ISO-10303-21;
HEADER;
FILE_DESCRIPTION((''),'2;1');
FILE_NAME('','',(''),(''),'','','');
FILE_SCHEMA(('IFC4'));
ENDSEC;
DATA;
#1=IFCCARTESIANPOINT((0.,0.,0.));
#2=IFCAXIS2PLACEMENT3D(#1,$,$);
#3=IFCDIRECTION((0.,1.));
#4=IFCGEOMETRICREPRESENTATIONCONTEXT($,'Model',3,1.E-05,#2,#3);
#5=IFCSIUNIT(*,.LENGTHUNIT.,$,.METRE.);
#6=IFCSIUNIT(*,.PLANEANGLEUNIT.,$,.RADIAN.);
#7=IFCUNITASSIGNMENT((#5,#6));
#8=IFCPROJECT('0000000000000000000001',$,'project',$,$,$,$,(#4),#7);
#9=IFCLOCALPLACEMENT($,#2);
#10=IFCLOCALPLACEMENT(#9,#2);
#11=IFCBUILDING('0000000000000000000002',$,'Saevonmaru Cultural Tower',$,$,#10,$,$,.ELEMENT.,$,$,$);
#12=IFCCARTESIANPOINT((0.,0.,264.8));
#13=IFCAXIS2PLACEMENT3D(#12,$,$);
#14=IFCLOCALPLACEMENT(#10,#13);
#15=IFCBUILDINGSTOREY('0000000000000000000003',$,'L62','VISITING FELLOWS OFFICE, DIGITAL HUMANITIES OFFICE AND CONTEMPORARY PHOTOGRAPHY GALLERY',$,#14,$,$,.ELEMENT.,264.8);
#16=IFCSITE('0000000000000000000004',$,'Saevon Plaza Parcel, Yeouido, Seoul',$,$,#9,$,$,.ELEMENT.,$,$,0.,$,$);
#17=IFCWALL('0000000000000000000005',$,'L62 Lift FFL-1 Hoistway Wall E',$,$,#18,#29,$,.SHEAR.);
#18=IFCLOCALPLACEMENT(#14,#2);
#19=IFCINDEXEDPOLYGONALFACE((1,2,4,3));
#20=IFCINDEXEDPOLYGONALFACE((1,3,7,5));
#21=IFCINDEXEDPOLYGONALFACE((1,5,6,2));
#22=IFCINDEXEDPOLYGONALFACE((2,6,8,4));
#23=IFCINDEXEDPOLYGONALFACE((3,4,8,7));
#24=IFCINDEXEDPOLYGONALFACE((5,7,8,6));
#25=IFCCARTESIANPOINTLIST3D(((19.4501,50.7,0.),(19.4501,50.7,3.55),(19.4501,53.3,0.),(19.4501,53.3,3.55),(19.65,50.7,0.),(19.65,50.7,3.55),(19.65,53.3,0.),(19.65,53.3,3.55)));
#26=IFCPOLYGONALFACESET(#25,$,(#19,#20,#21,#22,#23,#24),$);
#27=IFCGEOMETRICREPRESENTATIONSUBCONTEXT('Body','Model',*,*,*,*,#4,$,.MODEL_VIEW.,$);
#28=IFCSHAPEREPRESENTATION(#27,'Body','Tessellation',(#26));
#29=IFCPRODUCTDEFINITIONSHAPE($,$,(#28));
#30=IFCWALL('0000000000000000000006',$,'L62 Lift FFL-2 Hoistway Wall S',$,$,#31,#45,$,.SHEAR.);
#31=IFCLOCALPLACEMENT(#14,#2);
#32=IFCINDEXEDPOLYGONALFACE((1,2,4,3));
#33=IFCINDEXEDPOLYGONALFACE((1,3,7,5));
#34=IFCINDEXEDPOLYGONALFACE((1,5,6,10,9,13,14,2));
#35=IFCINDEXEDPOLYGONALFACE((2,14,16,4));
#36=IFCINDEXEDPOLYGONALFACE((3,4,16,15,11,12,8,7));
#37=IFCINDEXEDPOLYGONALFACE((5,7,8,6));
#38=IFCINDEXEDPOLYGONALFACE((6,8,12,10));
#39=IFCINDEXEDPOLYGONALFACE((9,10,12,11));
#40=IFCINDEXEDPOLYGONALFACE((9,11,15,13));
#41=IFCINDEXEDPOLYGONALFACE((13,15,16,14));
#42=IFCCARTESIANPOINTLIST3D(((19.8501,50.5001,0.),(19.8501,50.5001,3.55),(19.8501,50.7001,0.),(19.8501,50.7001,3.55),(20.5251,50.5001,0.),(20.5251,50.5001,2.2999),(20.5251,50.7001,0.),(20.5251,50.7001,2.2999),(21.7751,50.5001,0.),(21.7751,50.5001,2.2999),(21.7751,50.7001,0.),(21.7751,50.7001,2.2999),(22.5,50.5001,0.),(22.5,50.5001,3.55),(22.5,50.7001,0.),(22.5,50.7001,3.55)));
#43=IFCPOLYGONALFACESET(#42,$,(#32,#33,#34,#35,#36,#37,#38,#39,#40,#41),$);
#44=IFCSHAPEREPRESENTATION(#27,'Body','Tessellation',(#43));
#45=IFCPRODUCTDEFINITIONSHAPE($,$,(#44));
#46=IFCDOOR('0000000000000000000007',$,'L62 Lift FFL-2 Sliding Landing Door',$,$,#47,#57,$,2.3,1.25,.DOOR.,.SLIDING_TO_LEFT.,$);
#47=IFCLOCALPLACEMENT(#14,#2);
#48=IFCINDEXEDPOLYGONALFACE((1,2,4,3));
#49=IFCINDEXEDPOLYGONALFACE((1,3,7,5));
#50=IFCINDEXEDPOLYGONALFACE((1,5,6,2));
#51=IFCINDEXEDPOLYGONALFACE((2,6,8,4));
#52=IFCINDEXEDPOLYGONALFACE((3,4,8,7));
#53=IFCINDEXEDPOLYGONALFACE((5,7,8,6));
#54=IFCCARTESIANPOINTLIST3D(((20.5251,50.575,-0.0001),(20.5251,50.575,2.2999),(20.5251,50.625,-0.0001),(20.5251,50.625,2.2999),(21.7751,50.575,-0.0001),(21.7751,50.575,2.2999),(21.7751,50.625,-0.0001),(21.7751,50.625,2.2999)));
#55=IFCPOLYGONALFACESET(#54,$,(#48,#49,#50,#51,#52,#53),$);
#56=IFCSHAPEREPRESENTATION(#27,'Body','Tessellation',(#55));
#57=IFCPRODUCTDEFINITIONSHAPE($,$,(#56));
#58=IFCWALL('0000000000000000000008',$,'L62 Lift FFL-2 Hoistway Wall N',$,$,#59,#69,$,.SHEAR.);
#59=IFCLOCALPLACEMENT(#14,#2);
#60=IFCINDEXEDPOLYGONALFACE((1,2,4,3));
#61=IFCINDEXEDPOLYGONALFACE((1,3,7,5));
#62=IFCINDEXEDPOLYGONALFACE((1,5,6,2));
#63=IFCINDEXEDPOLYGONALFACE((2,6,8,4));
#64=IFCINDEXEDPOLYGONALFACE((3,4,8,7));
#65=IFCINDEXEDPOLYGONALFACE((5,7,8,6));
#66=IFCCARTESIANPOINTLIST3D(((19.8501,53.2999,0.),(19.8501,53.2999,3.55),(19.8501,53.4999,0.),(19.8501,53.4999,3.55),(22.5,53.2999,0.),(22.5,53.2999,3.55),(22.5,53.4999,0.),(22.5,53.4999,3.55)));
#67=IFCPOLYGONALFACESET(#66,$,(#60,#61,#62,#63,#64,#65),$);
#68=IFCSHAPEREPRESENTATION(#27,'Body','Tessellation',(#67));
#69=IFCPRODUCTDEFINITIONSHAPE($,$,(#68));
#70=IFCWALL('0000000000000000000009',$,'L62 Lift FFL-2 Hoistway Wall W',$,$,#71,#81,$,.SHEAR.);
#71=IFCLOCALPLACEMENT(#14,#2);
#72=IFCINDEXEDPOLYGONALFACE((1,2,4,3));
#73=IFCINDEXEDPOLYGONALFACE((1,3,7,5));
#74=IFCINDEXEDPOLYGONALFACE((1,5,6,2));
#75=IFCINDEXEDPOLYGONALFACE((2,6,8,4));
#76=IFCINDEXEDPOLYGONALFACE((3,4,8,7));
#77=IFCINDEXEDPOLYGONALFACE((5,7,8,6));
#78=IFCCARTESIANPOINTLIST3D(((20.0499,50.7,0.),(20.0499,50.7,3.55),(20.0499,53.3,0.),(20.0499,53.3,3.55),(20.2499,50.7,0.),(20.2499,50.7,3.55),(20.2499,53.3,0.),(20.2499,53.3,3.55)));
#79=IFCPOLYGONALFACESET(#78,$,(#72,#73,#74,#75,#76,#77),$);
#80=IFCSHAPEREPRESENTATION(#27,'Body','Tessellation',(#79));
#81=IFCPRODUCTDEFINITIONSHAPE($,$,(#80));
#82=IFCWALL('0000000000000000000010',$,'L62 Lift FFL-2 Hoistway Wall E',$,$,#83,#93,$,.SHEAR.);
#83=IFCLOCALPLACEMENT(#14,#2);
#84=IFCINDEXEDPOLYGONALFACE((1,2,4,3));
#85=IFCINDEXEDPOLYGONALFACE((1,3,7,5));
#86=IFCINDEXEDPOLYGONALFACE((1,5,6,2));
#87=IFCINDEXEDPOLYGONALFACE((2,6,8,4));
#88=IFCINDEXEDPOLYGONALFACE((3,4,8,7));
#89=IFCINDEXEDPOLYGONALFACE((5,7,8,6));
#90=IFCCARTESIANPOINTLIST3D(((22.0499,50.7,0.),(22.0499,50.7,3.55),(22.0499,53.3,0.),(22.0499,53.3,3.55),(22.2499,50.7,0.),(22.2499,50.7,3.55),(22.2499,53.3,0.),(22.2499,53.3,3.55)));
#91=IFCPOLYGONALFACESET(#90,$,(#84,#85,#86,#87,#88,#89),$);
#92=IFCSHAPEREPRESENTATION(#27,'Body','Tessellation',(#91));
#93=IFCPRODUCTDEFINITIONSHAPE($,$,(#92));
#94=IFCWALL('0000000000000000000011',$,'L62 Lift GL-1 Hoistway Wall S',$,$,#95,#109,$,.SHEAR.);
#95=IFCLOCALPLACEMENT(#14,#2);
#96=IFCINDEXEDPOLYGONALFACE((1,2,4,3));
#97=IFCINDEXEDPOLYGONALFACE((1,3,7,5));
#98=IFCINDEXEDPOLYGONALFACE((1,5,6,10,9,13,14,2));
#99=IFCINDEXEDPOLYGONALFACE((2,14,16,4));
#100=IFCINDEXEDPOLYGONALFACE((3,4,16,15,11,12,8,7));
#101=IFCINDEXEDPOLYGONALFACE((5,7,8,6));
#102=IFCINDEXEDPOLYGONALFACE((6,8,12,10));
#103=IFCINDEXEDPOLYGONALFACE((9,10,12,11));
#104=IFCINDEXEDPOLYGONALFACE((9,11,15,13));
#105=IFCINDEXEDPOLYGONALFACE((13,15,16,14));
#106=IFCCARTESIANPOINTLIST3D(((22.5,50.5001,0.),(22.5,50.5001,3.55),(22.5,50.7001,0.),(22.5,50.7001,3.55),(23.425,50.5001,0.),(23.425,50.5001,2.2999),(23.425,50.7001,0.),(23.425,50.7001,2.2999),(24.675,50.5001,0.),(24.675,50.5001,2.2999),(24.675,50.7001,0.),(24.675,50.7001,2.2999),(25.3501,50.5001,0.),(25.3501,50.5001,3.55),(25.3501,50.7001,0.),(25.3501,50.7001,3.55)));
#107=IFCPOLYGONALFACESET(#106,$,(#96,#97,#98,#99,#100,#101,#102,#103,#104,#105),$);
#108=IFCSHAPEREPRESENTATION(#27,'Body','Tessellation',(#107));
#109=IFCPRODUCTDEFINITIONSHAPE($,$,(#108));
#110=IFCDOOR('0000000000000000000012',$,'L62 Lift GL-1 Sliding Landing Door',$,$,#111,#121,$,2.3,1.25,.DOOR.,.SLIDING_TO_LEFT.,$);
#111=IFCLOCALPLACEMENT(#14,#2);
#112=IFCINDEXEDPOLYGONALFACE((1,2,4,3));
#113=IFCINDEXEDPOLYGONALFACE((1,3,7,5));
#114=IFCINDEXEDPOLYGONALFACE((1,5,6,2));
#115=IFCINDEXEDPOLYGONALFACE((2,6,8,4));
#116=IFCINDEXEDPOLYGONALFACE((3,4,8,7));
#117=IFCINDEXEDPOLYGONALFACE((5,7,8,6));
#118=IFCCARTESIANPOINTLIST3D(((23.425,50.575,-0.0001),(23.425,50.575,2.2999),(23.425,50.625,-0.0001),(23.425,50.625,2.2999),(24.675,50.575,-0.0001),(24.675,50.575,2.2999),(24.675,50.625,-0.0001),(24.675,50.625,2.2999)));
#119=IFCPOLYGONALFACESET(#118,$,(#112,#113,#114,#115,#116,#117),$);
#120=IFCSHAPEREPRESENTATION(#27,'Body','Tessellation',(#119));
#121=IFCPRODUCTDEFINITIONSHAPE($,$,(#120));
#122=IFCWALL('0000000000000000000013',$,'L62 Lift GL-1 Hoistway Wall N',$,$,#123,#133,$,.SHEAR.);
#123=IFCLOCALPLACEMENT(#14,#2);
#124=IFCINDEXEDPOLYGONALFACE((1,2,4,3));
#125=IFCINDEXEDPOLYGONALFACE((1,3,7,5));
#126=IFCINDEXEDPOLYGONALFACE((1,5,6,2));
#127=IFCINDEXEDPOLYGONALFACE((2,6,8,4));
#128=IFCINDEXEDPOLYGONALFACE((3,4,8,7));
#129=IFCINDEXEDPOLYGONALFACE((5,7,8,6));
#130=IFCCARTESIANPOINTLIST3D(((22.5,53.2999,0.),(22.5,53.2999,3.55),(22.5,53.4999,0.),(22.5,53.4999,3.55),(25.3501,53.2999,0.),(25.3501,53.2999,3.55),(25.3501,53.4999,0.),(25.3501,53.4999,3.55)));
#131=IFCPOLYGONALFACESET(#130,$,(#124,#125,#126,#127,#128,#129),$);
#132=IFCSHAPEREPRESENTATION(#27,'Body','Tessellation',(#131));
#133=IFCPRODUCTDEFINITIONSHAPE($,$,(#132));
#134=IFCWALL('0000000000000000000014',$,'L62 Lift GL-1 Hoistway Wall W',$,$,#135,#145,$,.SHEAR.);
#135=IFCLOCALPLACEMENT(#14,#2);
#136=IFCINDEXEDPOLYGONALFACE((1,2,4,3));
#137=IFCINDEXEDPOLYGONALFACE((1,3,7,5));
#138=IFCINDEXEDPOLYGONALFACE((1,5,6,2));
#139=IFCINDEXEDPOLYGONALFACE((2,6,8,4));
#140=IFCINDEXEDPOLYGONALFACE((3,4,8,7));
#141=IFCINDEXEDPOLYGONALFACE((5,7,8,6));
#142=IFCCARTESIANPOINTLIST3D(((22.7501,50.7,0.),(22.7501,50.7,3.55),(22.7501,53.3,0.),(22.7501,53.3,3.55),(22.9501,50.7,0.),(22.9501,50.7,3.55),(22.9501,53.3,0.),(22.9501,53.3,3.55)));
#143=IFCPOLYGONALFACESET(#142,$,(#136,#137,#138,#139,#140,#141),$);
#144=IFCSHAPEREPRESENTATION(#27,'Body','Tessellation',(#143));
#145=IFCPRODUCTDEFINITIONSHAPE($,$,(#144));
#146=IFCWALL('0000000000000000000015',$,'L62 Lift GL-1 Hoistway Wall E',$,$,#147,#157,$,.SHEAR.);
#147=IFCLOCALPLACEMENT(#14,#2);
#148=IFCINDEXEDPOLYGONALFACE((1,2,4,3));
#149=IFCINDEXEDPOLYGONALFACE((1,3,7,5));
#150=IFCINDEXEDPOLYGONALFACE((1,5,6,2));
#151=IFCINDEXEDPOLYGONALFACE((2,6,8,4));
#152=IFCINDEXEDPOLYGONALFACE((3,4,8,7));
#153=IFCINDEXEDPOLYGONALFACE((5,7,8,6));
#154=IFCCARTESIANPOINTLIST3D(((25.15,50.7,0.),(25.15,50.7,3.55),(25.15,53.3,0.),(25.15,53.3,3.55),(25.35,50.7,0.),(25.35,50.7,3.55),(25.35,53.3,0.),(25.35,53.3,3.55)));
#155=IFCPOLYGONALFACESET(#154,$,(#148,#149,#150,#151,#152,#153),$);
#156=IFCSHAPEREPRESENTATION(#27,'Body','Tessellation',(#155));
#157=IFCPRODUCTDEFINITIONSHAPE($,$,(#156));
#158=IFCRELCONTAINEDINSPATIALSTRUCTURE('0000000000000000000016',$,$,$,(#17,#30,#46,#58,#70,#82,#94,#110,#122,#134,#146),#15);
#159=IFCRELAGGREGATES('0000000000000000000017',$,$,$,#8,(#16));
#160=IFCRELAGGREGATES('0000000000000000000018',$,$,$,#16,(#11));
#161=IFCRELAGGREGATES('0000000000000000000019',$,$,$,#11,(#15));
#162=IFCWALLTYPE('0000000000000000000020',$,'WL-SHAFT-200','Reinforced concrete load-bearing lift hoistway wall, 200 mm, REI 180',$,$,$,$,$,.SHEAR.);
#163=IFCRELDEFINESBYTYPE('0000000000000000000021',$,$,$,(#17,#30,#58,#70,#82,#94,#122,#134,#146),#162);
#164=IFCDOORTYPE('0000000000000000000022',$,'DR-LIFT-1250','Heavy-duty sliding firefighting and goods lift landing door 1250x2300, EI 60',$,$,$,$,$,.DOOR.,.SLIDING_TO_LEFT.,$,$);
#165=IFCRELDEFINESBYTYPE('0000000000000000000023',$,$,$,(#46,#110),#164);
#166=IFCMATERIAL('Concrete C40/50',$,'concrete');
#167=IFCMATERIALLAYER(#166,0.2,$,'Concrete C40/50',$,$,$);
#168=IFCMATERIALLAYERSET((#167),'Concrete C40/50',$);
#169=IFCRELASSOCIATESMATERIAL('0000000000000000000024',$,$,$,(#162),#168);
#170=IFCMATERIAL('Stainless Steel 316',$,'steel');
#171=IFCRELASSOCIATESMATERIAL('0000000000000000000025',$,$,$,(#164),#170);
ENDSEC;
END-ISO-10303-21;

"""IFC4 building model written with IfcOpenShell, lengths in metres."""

from ifc_helpers import new_model, si_unit, direction, frame, frame_2d, origin, place, context, subcontext, project, spatial, rectangle, extrude, material, layer, layer_set, type_object, element, fill, save


model = new_model("IFC4")

# Units and contexts
model_context = context("Model", 3, precision=1e-05, world=origin(), true_north=direction((0.0, 1.0)))
body_context = subcontext(model_context, "Body", "Model", "MODEL_VIEW")
ifc_project = project(units=[si_unit("LENGTHUNIT", "METRE"), si_unit("PLANEANGLEUNIT", "RADIAN")], contexts=[model_context])

# Site, building, storey
site_placement = place(None, origin())
site = spatial("IfcSite", under=ifc_project, at=site_placement, Name="Saevon Plaza Parcel, Yeouido, Seoul", CompositionType="ELEMENT", RefElevation=0.0)
building_placement = place(site_placement, origin())
building = spatial("IfcBuilding", under=site, at=building_placement, Name="Saevonmaru Cultural Tower", CompositionType="ELEMENT")
storey_placement = place(building_placement, frame((0.0, 0.0, 264.8)))
storey = spatial("IfcBuildingStorey", under=building, at=storey_placement, Name="L62", Description="VISITING FELLOWS OFFICE, DIGITAL HUMANITIES OFFICE AND CONTEMPORARY PHOTOGRAPHY GALLERY", CompositionType="ELEMENT", Elevation=264.8)

# Wall
ifc_material_1 = material(Name="Concrete C40/50", Category="concrete")
ifc_layer_1 = layer(ifc_material_1, 0.2, Name="Concrete C40/50")
ifc_layer_set_1 = layer_set([ifc_layer_1], Name="Concrete C40/50")
wall_type_1 = type_object("IfcWallType", Name="WL-SHAFT-200", Description="Reinforced concrete load-bearing lift hoistway wall, 200 mm, REI 180", PredefinedType="SHEAR", material=ifc_layer_set_1)
wall_1_placement = place(storey_placement, frame((19.55, 50.7, 0.0), z_axis=(0.0, 0.0, 1.0), x_axis=(0.0, 1.0, 0.0)))
element("IfcWall", 1, at=wall_1_placement, inside=storey, type_object=wall_type_1, Name="L62 Lift FFL-1 Hoistway Wall E", PredefinedType="SHEAR", context=body_context, shape_type="SweptSolid", body=[
    extrude(rectangle(XDim=2.6001, YDim=0.2, at=frame_2d((1.3, 0.0))), origin(), (0.0, 0.0, 1.0), 3.55),
])

# Wall, opening, door
wall_2_placement = place(storey_placement, frame((19.8501, 50.6001, 0.0), z_axis=(0.0, 0.0, 1.0), x_axis=(1.0, 0.0, 0.0)))
wall_2 = element("IfcWall", 2, at=wall_2_placement, inside=storey, type_object=wall_type_1, Name="L62 Lift FFL-2 Hoistway Wall S", PredefinedType="SHEAR", context=body_context, shape_type="SweptSolid", body=[
    extrude(rectangle(XDim=2.6499, YDim=0.2, at=frame_2d((1.325, 0.0))), origin(), (0.0, 0.0, 1.0), 3.55),
])
opening_1_placement = place(wall_2_placement, frame((0.675, 0.0, 0.0)))
opening_1 = element("IfcOpeningElement", 3, at=opening_1_placement, cuts=wall_2, PredefinedType="OPENING", context=body_context, shape_type="SweptSolid", body=[
    extrude(rectangle(XDim=1.25, YDim=2.3, at=frame_2d((0.625, 1.1499))), frame((0.0, 0.1099, 0.0), z_axis=(0.0, -1.0, 0.0), x_axis=(1.0, 0.0, 0.0)), (0.0, 0.0, 1.0), 0.22),
])
ifc_material_2 = material(Name="Stainless Steel 316", Category="steel")
door_type_1 = type_object("IfcDoorType", Name="DR-LIFT-1250", Description="Heavy-duty sliding firefighting and goods lift landing door 1250x2300, EI 60", OperationType="SLIDING_TO_LEFT", PredefinedType="DOOR", material=ifc_material_2)
door_1_placement = place(opening_1_placement, origin())
door_1 = element("IfcDoor", 4, at=door_1_placement, inside=storey, type_object=door_type_1, Name="L62 Lift FFL-2 Sliding Landing Door", OperationType="SLIDING_TO_LEFT", OverallHeight=2.3, OverallWidth=1.25, PredefinedType="DOOR", context=body_context, shape_type="SweptSolid", body=[
    extrude(rectangle(XDim=1.25, YDim=2.3, at=frame_2d((0.625, 1.1499))), frame((0.0, 0.0249, 0.0), z_axis=(0.0, -1.0, 0.0), x_axis=(1.0, 0.0, 0.0)), (0.0, 0.0, 1.0), 0.05),
])
fill(opening_1, door_1)

# Walls
wall_3_placement = place(storey_placement, frame((19.8501, 53.3999, 0.0), z_axis=(0.0, 0.0, 1.0), x_axis=(1.0, 0.0, 0.0)))
element("IfcWall", 5, at=wall_3_placement, inside=storey, type_object=wall_type_1, Name="L62 Lift FFL-2 Hoistway Wall N", PredefinedType="SHEAR", context=body_context, shape_type="SweptSolid", body=[
    extrude(rectangle(XDim=2.6499, YDim=0.2, at=frame_2d((1.325, 0.0))), origin(), (0.0, 0.0, 1.0), 3.55),
])
for number, where, z_axis, x_axis, name in (
    (6, (20.1499, 50.7, 0.0), (0.0, 0.0, 1.0), (0.0, 1.0, 0.0), "L62 Lift FFL-2 Hoistway Wall W"),
    (7, (22.1499, 50.7, 0.0), (0.0, 0.0, 1.0), (0.0, 1.0, 0.0), "L62 Lift FFL-2 Hoistway Wall E"),
):
    element("IfcWall", number, at=place(storey_placement, frame(where, z_axis=z_axis, x_axis=x_axis)), inside=storey, type_object=wall_type_1, Name=name, PredefinedType="SHEAR", context=body_context, shape_type="SweptSolid", body=[
        extrude(rectangle(XDim=2.6001, YDim=0.2, at=frame_2d((1.3, 0.0))), origin(), (0.0, 0.0, 1.0), 3.55),
    ])

# Wall, opening, door
wall_4_placement = place(storey_placement, frame((22.5, 50.6001, 0.0), z_axis=(0.0, 0.0, 1.0), x_axis=(1.0, 0.0, 0.0)))
wall_4 = element("IfcWall", 8, at=wall_4_placement, inside=storey, type_object=wall_type_1, Name="L62 Lift GL-1 Hoistway Wall S", PredefinedType="SHEAR", context=body_context, shape_type="SweptSolid", body=[
    extrude(rectangle(XDim=2.8501, YDim=0.2, at=frame_2d((1.425, 0.0))), origin(), (0.0, 0.0, 1.0), 3.55),
])
opening_2_placement = place(wall_4_placement, frame((0.925, 0.0, 0.0)))
opening_2 = element("IfcOpeningElement", 9, at=opening_2_placement, cuts=wall_4, PredefinedType="OPENING", context=body_context, shape_type="SweptSolid", body=[
    extrude(rectangle(XDim=1.25, YDim=2.3, at=frame_2d((0.625, 1.1499))), frame((0.0, 0.1099, 0.0), z_axis=(0.0, -1.0, 0.0), x_axis=(1.0, 0.0, 0.0)), (0.0, 0.0, 1.0), 0.22),
])
door_2_placement = place(opening_2_placement, origin())
door_2 = element("IfcDoor", 10, at=door_2_placement, inside=storey, type_object=door_type_1, Name="L62 Lift GL-1 Sliding Landing Door", OperationType="SLIDING_TO_LEFT", OverallHeight=2.3, OverallWidth=1.25, PredefinedType="DOOR", context=body_context, shape_type="SweptSolid", body=[
    extrude(rectangle(XDim=1.25, YDim=2.3, at=frame_2d((0.625, 1.1499))), frame((0.0, 0.0249, 0.0), z_axis=(0.0, -1.0, 0.0), x_axis=(1.0, 0.0, 0.0)), (0.0, 0.0, 1.0), 0.05),
])
fill(opening_2, door_2)

# Walls
wall_5_placement = place(storey_placement, frame((22.5, 53.3999, 0.0), z_axis=(0.0, 0.0, 1.0), x_axis=(1.0, 0.0, 0.0)))
element("IfcWall", 11, at=wall_5_placement, inside=storey, type_object=wall_type_1, Name="L62 Lift GL-1 Hoistway Wall N", PredefinedType="SHEAR", context=body_context, shape_type="SweptSolid", body=[
    extrude(rectangle(XDim=2.8501, YDim=0.2, at=frame_2d((1.425, 0.0))), origin(), (0.0, 0.0, 1.0), 3.55),
])
for number, where, z_axis, x_axis, name in (
    (12, (22.8501, 50.7, 0.0), (0.0, 0.0, 1.0), (0.0, 1.0, 0.0), "L62 Lift GL-1 Hoistway Wall W"),
    (13, (25.25, 50.7, 0.0), (0.0, 0.0, 1.0), (0.0, 1.0, 0.0), "L62 Lift GL-1 Hoistway Wall E"),
):
    element("IfcWall", number, at=place(storey_placement, frame(where, z_axis=z_axis, x_axis=x_axis)), inside=storey, type_object=wall_type_1, Name=name, PredefinedType="SHEAR", context=body_context, shape_type="SweptSolid", body=[
        extrude(rectangle(XDim=2.6001, YDim=0.2, at=frame_2d((1.3, 0.0))), origin(), (0.0, 0.0, 1.0), 3.55),
    ])

save(model, "model.ifc")
